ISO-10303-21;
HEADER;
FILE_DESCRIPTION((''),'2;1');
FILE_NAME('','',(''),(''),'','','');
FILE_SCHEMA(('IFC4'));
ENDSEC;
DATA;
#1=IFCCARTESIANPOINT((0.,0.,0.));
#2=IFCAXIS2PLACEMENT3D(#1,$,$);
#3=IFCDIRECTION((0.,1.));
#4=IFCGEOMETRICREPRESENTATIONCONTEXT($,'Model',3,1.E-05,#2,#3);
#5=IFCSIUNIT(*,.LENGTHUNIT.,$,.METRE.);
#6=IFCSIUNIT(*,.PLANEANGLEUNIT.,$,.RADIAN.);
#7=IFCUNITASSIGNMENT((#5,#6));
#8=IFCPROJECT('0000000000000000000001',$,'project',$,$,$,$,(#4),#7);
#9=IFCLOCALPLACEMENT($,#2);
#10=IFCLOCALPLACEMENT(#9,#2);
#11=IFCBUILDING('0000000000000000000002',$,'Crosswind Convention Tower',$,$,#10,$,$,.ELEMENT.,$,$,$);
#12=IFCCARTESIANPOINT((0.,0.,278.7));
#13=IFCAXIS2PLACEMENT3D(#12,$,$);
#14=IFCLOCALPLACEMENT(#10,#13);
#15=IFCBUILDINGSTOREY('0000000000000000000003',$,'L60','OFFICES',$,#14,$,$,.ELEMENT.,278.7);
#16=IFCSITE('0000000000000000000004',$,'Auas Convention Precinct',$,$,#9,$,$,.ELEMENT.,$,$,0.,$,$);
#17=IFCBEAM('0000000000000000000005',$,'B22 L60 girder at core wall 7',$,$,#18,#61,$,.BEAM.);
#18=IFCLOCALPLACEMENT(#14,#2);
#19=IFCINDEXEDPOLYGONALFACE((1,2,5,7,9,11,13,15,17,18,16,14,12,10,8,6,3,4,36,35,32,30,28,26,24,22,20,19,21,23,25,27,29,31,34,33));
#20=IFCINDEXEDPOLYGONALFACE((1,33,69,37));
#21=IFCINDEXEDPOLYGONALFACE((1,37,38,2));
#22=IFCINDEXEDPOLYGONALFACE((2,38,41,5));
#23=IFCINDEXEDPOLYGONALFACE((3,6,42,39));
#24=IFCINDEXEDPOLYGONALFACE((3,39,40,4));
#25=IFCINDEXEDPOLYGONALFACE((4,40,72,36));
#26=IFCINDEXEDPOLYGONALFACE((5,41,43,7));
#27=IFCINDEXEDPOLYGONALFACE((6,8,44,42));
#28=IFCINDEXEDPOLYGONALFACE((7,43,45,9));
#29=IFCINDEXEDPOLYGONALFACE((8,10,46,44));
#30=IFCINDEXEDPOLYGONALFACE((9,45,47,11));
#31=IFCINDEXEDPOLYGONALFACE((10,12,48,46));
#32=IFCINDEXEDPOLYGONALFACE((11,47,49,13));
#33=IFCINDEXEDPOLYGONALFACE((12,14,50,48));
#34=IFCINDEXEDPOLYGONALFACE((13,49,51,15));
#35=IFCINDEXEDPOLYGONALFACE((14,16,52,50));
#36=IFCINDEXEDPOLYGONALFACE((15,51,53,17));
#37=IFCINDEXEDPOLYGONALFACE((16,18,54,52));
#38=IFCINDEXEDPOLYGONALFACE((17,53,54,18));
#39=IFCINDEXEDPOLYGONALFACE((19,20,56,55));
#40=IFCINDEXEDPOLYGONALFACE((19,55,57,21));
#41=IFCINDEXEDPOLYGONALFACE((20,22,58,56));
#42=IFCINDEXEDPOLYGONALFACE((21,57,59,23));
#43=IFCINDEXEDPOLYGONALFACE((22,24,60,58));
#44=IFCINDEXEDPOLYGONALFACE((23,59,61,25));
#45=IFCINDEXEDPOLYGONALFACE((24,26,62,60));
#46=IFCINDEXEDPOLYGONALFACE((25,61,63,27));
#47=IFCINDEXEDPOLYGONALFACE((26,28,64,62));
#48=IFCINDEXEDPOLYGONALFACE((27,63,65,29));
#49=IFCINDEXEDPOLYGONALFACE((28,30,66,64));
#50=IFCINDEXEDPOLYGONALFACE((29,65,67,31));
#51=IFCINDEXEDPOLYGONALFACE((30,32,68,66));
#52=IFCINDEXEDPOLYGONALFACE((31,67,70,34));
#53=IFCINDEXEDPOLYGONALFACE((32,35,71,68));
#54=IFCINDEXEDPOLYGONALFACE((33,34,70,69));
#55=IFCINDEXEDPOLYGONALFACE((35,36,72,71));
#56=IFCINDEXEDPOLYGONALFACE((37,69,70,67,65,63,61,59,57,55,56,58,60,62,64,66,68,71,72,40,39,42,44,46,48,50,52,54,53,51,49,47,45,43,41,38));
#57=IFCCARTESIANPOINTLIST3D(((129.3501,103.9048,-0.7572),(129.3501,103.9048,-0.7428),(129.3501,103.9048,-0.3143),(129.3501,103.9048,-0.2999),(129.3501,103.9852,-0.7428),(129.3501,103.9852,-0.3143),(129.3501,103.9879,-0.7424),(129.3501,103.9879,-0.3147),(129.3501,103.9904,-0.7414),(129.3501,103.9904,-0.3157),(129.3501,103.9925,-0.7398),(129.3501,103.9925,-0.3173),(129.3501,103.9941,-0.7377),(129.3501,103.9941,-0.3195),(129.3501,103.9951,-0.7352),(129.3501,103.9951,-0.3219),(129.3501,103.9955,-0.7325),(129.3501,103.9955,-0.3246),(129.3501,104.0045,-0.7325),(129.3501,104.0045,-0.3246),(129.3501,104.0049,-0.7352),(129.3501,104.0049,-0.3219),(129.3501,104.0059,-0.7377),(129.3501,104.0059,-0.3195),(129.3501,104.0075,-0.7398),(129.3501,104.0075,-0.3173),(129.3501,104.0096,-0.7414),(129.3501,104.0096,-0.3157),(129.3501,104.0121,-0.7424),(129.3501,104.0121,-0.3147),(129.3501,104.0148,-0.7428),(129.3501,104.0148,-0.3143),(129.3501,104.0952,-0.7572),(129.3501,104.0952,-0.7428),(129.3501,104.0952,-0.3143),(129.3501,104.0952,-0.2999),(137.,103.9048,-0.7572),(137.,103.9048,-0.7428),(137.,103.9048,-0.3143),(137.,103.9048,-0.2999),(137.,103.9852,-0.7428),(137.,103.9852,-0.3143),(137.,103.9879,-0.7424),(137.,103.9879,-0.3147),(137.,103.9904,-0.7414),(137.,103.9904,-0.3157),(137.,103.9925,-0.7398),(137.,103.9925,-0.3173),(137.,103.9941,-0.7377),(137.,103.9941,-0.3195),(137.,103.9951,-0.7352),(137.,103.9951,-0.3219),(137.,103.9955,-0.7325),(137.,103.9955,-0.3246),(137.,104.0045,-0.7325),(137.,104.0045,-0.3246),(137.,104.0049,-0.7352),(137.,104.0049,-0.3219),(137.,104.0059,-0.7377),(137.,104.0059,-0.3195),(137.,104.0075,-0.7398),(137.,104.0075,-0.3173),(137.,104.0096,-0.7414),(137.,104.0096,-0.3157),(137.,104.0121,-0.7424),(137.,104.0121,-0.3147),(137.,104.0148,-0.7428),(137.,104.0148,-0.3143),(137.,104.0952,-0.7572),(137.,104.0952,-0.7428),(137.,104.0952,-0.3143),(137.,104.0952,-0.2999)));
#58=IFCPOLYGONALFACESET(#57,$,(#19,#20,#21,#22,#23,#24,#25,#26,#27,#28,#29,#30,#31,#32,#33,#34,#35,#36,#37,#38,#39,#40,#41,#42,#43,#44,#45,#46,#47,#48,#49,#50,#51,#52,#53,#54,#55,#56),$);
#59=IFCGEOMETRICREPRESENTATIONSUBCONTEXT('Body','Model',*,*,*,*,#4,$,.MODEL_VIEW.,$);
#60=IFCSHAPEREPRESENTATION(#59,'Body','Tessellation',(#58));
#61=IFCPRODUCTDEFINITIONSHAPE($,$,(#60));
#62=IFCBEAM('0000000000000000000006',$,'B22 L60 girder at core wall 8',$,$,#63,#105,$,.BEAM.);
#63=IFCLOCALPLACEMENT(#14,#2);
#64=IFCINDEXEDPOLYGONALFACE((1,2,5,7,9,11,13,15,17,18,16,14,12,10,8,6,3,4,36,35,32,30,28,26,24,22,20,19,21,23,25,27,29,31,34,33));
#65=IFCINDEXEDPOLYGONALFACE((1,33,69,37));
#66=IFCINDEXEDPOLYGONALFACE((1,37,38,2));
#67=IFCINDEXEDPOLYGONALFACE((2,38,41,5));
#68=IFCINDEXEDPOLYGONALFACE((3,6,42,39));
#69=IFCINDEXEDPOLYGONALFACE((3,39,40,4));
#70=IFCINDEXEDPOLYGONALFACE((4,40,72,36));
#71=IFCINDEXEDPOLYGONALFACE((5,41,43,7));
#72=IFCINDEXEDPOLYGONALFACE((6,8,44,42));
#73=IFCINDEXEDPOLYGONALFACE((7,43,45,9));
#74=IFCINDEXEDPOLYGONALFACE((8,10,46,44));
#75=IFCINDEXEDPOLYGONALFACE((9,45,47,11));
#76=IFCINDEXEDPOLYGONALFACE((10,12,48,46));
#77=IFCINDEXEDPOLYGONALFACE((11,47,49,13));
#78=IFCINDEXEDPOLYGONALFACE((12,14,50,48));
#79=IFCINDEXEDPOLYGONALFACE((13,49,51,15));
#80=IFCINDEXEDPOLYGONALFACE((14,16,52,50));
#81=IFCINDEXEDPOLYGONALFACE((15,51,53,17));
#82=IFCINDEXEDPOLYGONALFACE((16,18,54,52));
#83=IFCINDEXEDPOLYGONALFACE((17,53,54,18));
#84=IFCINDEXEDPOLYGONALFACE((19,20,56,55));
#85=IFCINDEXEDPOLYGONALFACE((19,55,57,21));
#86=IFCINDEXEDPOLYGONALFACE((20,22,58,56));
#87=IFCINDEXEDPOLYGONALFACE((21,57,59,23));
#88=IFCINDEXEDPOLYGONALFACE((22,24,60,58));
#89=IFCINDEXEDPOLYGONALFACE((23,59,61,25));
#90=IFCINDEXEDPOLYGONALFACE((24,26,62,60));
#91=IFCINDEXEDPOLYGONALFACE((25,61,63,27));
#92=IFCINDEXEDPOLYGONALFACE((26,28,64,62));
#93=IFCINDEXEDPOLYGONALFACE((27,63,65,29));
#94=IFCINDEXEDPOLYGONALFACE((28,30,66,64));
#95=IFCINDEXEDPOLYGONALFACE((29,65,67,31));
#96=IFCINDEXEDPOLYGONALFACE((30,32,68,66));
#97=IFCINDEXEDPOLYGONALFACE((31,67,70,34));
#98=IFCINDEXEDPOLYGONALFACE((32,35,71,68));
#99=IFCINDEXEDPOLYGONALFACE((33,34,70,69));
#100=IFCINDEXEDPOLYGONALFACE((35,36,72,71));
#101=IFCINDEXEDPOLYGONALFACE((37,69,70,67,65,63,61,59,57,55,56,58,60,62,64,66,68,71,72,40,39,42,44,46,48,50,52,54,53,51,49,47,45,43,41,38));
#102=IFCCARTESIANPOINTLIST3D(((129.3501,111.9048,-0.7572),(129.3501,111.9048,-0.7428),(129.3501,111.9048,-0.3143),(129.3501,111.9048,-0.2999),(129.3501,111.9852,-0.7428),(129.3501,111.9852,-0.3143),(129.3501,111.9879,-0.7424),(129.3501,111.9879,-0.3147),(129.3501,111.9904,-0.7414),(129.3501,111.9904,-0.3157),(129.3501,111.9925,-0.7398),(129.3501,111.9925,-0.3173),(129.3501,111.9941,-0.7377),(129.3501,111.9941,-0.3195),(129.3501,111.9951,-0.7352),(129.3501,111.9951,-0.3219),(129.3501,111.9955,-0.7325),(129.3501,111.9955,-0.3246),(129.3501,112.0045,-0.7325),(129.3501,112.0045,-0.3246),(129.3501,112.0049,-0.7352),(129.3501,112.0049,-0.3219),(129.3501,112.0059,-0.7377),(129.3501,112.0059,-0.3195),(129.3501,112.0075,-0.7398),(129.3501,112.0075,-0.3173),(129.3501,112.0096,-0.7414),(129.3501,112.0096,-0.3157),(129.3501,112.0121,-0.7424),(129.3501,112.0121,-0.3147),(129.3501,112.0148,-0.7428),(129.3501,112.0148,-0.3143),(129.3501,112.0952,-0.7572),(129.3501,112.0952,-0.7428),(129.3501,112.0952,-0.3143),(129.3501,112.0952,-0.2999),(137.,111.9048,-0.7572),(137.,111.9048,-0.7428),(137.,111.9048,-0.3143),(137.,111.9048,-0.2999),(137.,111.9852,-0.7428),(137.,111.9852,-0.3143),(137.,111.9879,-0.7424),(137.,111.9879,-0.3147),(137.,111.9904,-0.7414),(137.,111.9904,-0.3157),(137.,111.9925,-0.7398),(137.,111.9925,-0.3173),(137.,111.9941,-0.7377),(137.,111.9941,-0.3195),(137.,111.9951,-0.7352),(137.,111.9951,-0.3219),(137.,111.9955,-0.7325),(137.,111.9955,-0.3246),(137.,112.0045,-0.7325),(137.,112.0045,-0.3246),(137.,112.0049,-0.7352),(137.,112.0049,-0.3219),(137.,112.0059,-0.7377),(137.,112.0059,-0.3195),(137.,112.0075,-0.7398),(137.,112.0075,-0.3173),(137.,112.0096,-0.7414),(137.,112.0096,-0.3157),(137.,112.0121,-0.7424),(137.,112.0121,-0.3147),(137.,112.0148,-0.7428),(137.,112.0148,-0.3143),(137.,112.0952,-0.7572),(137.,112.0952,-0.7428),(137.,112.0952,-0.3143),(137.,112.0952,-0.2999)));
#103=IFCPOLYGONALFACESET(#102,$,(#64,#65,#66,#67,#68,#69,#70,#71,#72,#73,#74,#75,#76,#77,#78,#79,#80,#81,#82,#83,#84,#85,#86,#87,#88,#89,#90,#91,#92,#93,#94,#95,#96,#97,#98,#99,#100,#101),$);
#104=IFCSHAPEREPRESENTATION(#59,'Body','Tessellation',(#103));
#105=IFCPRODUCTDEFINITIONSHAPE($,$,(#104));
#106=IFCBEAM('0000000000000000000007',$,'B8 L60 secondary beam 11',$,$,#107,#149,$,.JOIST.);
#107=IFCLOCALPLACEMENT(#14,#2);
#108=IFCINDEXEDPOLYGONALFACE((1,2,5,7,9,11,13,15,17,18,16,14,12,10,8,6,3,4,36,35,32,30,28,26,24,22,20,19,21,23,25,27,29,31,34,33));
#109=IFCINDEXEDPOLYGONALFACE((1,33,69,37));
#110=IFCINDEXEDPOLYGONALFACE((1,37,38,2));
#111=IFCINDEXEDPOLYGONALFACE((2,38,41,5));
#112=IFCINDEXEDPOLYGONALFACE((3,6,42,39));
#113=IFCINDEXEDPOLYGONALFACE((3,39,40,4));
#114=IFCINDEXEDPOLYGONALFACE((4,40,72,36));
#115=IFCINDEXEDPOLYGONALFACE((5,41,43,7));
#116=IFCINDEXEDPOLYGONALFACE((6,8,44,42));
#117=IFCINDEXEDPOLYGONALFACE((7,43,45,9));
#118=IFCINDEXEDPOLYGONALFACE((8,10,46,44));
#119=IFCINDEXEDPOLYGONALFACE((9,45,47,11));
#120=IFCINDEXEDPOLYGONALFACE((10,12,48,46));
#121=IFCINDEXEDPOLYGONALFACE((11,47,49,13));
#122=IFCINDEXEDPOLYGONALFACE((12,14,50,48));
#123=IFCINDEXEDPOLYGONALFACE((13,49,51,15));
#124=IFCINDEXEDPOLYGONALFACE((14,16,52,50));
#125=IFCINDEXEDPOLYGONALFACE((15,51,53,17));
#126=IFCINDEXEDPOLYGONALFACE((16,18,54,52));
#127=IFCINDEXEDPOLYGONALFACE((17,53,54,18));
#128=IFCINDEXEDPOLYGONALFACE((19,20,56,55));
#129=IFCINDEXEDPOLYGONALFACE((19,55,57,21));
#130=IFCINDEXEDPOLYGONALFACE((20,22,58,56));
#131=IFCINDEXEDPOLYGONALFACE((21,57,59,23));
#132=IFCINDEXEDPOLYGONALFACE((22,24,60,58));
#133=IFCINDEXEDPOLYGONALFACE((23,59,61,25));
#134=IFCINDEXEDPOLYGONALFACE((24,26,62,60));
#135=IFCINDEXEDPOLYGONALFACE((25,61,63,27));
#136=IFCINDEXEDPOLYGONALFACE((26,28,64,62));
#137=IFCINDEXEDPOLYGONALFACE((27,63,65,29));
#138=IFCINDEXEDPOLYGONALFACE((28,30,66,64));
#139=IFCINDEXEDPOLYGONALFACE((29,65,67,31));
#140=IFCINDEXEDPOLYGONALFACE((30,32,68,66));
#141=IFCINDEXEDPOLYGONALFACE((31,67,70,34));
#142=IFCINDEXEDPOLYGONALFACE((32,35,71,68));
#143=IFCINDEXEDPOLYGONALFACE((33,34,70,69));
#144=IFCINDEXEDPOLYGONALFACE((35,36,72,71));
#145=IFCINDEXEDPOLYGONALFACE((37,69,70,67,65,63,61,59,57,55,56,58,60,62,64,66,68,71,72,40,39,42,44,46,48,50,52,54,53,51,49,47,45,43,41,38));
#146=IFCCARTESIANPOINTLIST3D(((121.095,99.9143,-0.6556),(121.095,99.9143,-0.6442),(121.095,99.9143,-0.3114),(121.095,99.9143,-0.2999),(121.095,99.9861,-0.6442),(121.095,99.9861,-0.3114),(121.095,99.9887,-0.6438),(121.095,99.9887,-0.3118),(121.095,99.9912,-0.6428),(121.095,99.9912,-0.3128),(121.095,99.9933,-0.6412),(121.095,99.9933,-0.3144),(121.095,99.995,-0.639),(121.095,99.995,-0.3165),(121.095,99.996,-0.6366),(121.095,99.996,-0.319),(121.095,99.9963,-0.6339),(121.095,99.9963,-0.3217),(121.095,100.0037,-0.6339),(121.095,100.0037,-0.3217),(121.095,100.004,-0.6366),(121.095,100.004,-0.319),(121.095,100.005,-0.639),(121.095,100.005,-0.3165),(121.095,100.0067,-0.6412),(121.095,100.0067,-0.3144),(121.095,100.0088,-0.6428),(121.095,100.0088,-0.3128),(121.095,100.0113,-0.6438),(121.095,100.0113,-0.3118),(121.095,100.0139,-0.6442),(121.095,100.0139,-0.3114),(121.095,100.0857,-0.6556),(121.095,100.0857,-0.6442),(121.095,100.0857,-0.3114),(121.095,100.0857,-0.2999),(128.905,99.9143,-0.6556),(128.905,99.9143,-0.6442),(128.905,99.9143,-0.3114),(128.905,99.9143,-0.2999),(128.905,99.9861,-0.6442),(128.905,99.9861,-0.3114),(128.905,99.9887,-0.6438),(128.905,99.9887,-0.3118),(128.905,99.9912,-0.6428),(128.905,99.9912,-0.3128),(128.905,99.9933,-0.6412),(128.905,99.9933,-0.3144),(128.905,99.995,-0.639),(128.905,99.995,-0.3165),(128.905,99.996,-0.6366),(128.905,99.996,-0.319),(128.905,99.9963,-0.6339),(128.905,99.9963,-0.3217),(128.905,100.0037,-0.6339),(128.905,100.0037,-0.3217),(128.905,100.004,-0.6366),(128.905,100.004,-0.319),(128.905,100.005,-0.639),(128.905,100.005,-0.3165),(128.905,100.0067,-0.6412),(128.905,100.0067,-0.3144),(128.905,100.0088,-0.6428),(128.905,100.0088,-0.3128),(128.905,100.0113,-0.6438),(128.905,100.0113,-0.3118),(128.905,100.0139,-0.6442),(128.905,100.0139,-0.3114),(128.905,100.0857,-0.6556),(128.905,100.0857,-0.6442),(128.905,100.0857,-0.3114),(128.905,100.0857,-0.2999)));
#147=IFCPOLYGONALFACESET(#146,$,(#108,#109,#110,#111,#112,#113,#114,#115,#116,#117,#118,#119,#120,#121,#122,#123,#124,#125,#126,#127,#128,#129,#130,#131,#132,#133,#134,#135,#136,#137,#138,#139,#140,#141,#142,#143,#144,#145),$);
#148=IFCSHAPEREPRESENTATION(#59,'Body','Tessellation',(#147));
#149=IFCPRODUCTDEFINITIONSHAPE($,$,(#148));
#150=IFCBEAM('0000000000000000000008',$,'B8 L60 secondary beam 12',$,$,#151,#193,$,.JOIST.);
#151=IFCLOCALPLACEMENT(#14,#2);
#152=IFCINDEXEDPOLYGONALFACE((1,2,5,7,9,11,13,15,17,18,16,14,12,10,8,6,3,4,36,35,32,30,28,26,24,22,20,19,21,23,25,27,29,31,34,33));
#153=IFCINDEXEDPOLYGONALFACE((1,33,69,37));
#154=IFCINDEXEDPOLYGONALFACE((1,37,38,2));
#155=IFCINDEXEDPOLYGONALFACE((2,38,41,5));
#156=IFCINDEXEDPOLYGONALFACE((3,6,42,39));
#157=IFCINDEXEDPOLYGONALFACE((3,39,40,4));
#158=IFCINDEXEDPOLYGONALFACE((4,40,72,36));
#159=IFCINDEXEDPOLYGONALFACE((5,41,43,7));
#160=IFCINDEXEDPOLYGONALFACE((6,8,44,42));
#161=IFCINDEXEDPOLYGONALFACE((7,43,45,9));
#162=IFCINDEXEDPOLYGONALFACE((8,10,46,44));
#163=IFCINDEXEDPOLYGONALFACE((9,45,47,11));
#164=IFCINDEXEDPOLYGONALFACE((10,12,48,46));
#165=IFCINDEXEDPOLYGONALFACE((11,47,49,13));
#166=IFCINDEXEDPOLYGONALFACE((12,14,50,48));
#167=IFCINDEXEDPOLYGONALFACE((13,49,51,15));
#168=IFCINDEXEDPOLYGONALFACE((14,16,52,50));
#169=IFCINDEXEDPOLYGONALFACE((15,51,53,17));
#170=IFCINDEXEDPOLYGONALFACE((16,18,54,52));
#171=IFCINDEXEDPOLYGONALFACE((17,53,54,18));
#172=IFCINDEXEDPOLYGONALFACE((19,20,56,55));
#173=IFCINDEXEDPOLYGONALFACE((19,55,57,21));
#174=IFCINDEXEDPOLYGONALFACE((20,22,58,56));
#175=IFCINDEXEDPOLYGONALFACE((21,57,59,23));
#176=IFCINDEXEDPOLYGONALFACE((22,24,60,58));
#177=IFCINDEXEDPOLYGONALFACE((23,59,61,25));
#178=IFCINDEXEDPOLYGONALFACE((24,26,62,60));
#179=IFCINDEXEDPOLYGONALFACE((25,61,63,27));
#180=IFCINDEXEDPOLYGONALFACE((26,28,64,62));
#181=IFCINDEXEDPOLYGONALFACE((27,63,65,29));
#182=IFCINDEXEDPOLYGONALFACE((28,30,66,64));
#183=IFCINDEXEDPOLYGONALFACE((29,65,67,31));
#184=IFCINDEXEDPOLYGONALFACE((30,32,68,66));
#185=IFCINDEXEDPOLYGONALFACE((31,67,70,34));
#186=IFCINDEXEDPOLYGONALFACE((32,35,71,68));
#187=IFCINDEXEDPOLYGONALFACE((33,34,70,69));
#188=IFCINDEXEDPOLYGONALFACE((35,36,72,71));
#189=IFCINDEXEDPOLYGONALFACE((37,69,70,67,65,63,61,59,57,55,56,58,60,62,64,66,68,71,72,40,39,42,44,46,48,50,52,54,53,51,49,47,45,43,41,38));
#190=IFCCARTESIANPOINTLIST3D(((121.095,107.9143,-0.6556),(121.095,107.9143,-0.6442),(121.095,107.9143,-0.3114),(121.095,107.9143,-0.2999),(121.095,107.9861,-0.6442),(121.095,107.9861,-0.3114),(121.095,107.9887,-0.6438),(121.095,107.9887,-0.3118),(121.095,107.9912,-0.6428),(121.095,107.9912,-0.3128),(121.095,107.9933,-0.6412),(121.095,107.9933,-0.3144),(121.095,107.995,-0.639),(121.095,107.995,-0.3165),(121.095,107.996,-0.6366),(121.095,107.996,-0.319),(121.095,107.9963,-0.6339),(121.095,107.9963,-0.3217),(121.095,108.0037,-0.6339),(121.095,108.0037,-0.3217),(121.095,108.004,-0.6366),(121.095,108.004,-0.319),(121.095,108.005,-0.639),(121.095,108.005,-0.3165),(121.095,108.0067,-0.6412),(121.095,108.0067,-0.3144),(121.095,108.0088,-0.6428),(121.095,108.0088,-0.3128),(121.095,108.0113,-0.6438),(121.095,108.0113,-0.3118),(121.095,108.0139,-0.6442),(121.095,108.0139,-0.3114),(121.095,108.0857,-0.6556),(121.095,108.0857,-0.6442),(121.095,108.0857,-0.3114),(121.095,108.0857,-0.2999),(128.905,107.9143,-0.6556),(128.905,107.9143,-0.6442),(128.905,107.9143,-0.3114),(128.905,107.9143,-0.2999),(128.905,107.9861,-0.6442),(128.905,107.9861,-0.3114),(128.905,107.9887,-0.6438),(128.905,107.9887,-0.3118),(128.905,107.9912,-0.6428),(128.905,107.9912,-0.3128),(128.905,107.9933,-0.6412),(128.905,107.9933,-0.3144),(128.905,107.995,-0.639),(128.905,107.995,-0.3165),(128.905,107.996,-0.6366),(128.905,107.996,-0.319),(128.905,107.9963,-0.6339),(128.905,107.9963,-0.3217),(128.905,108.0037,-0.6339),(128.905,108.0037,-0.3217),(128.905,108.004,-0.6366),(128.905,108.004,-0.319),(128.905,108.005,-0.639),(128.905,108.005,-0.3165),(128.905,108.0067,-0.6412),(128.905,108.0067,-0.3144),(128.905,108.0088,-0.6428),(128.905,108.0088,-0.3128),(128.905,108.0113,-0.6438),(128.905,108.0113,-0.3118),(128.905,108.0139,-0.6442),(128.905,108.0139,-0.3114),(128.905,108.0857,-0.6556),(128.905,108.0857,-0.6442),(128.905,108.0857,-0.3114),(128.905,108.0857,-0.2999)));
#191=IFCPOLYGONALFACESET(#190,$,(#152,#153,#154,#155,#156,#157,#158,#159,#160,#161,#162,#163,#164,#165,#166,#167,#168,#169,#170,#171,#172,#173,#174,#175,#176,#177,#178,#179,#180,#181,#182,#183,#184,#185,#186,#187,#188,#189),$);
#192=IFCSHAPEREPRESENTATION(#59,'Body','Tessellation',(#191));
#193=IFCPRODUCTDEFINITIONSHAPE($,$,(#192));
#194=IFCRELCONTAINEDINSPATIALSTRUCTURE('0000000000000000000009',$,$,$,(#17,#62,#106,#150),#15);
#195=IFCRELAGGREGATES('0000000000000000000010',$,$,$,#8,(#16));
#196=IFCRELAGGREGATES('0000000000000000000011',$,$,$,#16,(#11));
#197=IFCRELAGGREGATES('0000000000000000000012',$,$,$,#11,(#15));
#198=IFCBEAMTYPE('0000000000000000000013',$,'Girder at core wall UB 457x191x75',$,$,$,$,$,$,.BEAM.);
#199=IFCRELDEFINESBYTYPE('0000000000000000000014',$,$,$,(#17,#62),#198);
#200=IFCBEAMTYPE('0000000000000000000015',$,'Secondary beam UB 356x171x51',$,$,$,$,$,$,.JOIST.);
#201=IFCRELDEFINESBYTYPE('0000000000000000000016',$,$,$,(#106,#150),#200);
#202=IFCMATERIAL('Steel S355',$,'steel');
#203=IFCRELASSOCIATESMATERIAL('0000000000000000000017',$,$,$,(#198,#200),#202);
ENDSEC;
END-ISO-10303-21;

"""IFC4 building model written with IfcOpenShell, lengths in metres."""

from ifc_helpers import new_model, si_unit, direction, frame, origin, origin_2d, place, context, subcontext, project, spatial, i_section, extrude, material, material_profile, profile_set, type_object, element, save


model = new_model("IFC4")

# Units and contexts
model_context = context("Model", 3, precision=1e-05, world=origin(), true_north=direction((0.0, 1.0)))
body_context = subcontext(model_context, "Body", "Model", "MODEL_VIEW")
ifc_project = project(units=[si_unit("LENGTHUNIT", "METRE"), si_unit("PLANEANGLEUNIT", "RADIAN")], contexts=[model_context])

# Site, building, storey
site_placement = place(None, origin())
site = spatial("IfcSite", under=ifc_project, at=site_placement, Name="Auas Convention Precinct", CompositionType="ELEMENT", RefElevation=0.0)
building_placement = place(site_placement, origin())
building = spatial("IfcBuilding", under=site, at=building_placement, Name="Crosswind Convention Tower", CompositionType="ELEMENT")
storey_placement = place(building_placement, frame((0.0, 0.0, 278.7)))
storey = spatial("IfcBuildingStorey", under=building, at=storey_placement, Name="L60", Description="OFFICES", CompositionType="ELEMENT", Elevation=278.7)

# Beams
ifc_material_1 = material(Name="Steel S355", Category="steel")
ifc_material_profile_1 = material_profile(ifc_material_1, i_section(OverallWidth=0.1904, OverallDepth=0.4573, WebThickness=0.009, FlangeThickness=0.0144, FilletRadius=0.0103, at=origin_2d()), Name="UB 457x191x75")
ifc_profile_set_1 = profile_set([ifc_material_profile_1], Name="Steel S355")
beam_type_1 = type_object("IfcBeamType", Name="Girder at core wall UB 457x191x75", PredefinedType="BEAM", material=ifc_profile_set_1)
for number, where, z_axis, x_axis, name in (
    (1, (129.3501, 104.0, -0.5286), (1.0, 0.0, 0.0), (0.0, 1.0, 0.0), "B22 L60 girder at core wall 7"),
    (2, (129.3501, 112.0, -0.5286), (1.0, 0.0, 0.0), (0.0, 1.0, 0.0), "B22 L60 girder at core wall 8"),
):
    element("IfcBeam", number, at=place(storey_placement, frame(where, z_axis=z_axis, x_axis=x_axis)), inside=storey, type_object=beam_type_1, Name=name, PredefinedType="BEAM", context=body_context, shape_type="SweptSolid", body=[
        extrude(i_section(OverallWidth=0.1904, OverallDepth=0.4573, WebThickness=0.009, FlangeThickness=0.0144, FilletRadius=0.0103, at=origin_2d()), origin(), (0.0, 0.0, 1.0), 7.6499),
    ])
ifc_material_profile_2 = material_profile(ifc_material_1, i_section(OverallWidth=0.1714, OverallDepth=0.3557, WebThickness=0.0073, FlangeThickness=0.0115, FilletRadius=0.0103, at=origin_2d()), Name="UB 356x171x51")
ifc_profile_set_2 = profile_set([ifc_material_profile_2], Name="Steel S355")
beam_type_2 = type_object("IfcBeamType", Name="Secondary beam UB 356x171x51", PredefinedType="JOIST", material=ifc_profile_set_2)
for number, where, z_axis, x_axis, name in (
    (3, (121.095, 100.0, -0.4778), (1.0, 0.0, 0.0), (0.0, 1.0, 0.0), "B8 L60 secondary beam 11"),
    (4, (121.095, 108.0, -0.4778), (1.0, 0.0, 0.0), (0.0, 1.0, 0.0), "B8 L60 secondary beam 12"),
):
    element("IfcBeam", number, at=place(storey_placement, frame(where, z_axis=z_axis, x_axis=x_axis)), inside=storey, type_object=beam_type_2, Name=name, PredefinedType="JOIST", context=body_context, shape_type="SweptSolid", body=[
        extrude(i_section(OverallWidth=0.1714, OverallDepth=0.3557, WebThickness=0.0073, FlangeThickness=0.0115, FilletRadius=0.0103, at=origin_2d()), origin(), (0.0, 0.0, 1.0), 7.8101),
    ])

save(model, "model.ifc")
